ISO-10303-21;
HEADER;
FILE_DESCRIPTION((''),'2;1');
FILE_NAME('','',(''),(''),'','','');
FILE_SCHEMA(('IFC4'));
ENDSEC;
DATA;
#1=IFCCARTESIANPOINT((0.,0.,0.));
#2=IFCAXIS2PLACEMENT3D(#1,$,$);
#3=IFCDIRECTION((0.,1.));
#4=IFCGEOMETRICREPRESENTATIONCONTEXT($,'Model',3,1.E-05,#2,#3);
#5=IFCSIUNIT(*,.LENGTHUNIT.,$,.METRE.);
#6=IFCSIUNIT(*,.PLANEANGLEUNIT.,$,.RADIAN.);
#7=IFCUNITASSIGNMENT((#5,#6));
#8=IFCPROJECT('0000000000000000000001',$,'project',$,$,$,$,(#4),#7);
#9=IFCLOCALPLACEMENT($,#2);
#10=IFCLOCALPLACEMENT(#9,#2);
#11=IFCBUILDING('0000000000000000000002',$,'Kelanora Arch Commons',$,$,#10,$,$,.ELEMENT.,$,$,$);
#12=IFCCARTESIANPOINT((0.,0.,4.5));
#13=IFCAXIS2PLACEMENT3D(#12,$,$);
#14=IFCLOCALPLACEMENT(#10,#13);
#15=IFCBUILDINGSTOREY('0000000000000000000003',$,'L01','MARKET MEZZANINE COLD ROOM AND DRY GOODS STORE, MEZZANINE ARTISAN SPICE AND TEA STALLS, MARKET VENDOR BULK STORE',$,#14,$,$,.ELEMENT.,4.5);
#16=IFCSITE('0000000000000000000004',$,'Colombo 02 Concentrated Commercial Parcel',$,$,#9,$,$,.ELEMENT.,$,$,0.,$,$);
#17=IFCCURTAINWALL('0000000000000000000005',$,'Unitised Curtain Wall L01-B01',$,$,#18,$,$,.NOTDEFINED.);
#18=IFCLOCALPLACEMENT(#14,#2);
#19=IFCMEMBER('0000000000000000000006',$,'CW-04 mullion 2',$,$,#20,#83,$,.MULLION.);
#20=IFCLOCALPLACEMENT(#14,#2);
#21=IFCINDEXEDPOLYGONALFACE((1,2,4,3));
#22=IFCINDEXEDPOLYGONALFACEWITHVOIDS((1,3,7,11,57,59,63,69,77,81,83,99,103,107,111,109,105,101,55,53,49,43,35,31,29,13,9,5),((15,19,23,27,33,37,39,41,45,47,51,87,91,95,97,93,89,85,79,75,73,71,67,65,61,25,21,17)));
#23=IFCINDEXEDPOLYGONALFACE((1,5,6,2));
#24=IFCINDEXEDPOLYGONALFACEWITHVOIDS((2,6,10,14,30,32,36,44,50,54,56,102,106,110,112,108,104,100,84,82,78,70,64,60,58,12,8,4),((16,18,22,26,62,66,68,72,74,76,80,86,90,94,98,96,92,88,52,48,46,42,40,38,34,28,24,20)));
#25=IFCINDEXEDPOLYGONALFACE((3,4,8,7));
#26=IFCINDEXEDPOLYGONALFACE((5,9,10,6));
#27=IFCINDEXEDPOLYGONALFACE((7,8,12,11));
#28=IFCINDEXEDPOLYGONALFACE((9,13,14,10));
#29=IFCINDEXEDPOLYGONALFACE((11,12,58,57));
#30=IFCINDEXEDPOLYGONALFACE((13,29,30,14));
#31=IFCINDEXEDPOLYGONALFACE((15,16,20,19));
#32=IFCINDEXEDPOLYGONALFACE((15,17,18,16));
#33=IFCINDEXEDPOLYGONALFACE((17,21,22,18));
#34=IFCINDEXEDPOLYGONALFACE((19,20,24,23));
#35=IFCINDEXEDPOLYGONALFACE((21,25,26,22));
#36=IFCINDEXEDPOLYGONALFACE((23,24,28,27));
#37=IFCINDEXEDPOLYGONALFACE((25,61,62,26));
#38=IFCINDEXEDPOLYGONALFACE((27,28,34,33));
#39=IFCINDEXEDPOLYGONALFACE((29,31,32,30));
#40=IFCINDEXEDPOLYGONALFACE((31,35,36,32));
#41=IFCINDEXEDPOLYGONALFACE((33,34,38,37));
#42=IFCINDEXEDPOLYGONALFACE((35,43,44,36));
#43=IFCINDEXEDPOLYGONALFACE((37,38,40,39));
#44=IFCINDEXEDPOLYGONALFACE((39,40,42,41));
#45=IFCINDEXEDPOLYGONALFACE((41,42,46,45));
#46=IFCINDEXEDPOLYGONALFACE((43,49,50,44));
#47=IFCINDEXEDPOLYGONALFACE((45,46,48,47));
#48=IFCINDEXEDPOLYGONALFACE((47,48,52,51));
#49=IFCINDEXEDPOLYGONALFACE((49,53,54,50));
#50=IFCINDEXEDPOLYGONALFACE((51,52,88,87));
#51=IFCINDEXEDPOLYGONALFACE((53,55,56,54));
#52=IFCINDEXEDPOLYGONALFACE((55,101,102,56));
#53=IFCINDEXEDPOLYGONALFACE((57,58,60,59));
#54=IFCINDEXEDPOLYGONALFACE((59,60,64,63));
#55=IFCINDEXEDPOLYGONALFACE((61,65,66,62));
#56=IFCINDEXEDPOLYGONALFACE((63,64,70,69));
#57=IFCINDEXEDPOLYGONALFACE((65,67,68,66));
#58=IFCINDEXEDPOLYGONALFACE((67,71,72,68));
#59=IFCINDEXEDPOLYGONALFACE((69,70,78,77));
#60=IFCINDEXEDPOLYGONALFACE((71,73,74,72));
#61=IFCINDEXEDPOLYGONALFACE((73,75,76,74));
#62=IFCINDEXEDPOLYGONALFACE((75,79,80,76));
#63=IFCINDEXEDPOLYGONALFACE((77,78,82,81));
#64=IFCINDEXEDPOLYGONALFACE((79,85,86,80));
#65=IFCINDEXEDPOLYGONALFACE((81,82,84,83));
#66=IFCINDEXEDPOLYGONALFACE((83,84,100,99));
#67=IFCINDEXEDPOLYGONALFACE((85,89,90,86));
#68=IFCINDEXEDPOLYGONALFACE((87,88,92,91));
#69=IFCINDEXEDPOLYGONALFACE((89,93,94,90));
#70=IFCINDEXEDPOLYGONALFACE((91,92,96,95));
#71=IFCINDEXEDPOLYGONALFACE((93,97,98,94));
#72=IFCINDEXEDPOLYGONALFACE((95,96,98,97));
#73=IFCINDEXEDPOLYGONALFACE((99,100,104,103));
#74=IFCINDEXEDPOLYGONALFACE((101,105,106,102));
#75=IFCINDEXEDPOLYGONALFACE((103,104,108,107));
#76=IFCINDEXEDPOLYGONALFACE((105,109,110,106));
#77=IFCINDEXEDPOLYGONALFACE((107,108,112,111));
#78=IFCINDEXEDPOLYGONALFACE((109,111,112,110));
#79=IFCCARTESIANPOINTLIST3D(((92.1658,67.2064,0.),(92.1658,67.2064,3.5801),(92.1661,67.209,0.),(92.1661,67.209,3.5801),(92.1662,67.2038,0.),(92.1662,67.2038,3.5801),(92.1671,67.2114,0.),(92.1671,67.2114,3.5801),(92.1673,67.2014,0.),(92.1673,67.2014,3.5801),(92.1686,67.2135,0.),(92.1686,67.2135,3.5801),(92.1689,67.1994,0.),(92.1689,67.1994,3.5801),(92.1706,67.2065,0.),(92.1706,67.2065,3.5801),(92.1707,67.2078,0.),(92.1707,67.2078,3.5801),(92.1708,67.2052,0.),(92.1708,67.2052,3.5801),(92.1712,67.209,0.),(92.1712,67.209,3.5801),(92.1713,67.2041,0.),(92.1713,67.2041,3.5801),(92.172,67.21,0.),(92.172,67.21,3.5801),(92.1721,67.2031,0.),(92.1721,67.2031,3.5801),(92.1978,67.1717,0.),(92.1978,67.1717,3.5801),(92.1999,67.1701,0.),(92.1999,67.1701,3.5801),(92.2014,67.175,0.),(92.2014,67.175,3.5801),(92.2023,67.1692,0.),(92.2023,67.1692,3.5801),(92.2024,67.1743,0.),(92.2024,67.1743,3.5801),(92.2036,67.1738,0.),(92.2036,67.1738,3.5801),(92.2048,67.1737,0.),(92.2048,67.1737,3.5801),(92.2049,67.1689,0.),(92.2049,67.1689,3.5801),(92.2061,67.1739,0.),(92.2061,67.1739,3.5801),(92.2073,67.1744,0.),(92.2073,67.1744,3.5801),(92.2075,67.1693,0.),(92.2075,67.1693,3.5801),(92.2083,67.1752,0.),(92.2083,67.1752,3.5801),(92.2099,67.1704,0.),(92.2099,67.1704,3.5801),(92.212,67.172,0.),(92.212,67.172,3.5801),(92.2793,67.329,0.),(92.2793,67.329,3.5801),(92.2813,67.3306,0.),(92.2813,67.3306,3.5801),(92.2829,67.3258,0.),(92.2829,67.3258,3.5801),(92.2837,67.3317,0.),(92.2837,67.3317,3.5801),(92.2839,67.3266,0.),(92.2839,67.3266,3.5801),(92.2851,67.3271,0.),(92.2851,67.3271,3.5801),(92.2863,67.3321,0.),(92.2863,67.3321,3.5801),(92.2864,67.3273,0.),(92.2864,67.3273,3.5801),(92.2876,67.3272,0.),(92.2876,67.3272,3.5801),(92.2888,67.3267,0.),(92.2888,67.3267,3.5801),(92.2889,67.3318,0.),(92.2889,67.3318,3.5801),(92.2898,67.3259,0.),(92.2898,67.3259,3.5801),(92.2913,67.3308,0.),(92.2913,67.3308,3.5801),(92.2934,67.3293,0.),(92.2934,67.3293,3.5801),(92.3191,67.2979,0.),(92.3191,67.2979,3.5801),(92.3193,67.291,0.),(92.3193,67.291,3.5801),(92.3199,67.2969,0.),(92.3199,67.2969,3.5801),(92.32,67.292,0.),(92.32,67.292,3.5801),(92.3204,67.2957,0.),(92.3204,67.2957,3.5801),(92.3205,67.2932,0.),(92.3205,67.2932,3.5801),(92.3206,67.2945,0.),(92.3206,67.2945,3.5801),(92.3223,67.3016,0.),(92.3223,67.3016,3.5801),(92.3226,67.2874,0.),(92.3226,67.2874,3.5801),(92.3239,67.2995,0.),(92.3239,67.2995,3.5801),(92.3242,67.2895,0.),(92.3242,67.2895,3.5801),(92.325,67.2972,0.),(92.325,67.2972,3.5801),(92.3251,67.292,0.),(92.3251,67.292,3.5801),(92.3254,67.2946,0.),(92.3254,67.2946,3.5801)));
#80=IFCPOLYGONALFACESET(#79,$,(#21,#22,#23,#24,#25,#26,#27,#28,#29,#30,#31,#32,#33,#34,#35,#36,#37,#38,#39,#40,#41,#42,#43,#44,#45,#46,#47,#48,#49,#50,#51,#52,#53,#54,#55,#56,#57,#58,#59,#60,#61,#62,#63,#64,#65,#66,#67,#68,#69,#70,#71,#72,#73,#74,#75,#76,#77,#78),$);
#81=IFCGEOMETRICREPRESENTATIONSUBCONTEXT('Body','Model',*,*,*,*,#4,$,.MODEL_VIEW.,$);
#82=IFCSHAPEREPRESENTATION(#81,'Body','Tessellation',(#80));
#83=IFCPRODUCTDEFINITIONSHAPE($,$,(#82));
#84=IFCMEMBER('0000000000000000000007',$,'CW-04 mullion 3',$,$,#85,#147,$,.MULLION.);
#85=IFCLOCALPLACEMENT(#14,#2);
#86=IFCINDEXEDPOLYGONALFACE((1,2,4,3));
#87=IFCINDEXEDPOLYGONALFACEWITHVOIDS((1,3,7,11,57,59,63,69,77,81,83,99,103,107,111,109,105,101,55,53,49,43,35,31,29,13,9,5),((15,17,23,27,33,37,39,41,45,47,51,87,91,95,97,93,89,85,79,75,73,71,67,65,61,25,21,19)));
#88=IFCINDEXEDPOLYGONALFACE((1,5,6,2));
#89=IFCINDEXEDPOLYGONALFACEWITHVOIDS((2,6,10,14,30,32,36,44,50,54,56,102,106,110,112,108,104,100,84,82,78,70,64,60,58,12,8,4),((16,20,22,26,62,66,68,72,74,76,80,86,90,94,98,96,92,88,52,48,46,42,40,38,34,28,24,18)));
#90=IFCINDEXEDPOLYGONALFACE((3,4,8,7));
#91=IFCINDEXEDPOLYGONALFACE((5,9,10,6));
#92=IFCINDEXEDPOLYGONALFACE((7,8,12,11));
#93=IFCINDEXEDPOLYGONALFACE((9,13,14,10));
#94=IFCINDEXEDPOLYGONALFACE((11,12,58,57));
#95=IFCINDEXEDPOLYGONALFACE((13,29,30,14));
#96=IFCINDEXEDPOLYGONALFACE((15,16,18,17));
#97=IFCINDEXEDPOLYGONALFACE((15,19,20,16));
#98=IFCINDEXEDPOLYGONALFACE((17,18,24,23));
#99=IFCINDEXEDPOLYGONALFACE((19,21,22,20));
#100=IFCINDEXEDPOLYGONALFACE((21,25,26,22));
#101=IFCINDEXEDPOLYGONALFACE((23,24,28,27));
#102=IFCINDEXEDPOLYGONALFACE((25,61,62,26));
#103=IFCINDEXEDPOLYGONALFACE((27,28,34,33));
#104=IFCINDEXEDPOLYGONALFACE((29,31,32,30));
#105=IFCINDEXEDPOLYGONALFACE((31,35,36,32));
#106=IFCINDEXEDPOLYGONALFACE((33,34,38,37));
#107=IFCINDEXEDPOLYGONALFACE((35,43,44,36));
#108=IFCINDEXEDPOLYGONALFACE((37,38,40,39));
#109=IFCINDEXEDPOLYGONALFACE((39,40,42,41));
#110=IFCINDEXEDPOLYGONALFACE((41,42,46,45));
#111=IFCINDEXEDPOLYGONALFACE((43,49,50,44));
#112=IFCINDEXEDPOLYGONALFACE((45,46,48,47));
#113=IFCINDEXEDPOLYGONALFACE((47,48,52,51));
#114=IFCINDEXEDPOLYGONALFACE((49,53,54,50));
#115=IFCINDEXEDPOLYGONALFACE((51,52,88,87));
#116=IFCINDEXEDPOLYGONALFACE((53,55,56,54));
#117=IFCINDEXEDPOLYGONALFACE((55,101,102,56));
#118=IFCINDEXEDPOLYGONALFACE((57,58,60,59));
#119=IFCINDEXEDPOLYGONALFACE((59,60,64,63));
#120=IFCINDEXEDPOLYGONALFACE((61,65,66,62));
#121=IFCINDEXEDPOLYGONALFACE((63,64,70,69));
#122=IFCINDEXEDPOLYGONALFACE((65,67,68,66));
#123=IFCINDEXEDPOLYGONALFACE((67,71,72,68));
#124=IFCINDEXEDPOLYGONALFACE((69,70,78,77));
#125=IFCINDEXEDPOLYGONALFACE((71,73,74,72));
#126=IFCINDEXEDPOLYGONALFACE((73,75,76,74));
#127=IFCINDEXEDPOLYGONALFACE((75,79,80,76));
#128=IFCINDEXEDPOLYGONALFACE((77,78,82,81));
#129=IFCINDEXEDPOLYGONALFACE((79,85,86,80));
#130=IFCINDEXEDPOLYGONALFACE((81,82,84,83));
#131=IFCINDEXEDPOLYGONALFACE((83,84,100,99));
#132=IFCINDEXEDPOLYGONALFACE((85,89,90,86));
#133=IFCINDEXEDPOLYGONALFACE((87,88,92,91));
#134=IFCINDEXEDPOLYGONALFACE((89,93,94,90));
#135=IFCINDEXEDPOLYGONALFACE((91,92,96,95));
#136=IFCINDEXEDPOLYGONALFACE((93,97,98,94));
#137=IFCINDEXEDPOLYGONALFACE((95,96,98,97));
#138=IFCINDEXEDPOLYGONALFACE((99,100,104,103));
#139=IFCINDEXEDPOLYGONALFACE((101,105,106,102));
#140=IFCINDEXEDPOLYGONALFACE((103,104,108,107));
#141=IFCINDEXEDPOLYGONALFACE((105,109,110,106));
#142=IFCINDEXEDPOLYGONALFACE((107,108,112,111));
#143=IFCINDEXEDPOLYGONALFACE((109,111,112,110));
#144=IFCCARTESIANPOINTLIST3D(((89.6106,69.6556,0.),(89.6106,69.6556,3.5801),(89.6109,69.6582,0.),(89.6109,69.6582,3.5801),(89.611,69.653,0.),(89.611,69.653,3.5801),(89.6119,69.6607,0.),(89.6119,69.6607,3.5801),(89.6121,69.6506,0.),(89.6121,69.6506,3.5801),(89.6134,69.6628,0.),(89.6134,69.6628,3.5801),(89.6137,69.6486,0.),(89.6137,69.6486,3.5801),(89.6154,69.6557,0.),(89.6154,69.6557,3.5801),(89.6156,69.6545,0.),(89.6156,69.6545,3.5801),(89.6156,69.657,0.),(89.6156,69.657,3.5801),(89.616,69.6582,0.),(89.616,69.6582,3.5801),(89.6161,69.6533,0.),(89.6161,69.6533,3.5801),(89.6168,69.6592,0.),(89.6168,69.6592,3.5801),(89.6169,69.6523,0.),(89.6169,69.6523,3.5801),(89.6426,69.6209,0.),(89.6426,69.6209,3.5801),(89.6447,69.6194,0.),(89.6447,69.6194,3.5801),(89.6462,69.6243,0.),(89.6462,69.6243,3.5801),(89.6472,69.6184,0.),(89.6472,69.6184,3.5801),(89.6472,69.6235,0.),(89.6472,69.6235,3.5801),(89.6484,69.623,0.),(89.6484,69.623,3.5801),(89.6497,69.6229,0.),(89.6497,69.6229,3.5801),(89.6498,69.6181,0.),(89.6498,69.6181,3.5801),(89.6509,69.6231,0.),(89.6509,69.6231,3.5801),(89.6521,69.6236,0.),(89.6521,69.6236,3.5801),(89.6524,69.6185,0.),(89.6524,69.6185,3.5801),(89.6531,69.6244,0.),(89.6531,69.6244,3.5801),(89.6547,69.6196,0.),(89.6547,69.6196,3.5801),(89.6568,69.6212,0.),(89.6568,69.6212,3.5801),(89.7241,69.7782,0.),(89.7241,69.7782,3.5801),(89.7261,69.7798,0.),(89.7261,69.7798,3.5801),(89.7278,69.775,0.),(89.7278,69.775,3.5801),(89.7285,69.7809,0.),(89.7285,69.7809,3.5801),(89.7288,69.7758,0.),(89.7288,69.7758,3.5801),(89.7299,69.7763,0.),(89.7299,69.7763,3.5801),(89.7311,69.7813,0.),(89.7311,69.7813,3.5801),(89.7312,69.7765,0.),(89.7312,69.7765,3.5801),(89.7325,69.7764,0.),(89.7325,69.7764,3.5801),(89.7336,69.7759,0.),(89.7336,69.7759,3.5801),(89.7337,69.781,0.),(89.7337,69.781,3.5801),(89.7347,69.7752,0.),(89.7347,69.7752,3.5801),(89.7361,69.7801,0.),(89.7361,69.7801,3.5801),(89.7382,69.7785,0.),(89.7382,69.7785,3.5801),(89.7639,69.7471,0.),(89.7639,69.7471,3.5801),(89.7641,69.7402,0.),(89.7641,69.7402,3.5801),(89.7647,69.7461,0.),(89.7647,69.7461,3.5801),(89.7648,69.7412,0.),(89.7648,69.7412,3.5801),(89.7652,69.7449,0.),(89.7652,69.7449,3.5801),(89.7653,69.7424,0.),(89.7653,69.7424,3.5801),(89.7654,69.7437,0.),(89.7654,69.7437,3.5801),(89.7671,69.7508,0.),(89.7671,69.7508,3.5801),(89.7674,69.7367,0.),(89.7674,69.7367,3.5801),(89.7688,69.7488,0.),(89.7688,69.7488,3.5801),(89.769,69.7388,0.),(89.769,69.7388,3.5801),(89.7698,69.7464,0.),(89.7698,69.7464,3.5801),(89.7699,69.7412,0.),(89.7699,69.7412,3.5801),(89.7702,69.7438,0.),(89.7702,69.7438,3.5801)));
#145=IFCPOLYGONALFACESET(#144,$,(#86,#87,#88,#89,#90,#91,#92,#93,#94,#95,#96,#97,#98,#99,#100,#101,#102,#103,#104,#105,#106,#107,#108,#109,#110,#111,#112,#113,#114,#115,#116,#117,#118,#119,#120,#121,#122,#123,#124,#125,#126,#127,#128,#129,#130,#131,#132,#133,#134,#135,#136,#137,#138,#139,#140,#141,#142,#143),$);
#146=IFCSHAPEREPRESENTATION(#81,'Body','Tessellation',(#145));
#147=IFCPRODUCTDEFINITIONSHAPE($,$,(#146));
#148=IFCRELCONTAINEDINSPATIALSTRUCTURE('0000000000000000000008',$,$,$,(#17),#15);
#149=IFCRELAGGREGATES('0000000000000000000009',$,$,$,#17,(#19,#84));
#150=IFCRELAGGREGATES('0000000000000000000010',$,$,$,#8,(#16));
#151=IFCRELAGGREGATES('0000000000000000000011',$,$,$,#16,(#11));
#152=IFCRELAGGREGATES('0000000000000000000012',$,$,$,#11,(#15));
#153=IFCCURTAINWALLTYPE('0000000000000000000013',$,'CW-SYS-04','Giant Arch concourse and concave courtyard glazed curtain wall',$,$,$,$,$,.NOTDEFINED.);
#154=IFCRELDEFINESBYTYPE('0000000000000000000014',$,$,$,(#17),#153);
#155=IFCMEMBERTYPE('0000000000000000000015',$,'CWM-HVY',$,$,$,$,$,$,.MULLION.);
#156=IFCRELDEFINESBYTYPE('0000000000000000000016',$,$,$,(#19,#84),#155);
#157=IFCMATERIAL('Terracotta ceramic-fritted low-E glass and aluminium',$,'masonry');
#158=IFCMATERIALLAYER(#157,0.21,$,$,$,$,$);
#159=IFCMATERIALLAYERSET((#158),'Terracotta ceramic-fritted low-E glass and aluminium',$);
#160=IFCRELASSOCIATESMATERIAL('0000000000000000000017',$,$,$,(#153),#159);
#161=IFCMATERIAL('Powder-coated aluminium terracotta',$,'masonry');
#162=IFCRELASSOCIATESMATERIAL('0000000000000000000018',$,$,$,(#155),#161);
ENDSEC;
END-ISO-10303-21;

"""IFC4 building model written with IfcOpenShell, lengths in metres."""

from ifc_helpers import new_model, si_unit, direction, frame, origin, origin_2d, place, context, subcontext, project, spatial, hollow_rectangle, extrude, material, layer, layer_set, material_profile, profile_set, type_object, element, aggregate, save


model = new_model("IFC4")

# Units and contexts
model_context = context("Model", 3, precision=1e-05, world=origin(), true_north=direction((0.0, 1.0)))
body_context = subcontext(model_context, "Body", "Model", "MODEL_VIEW")
ifc_project = project(units=[si_unit("LENGTHUNIT", "METRE"), si_unit("PLANEANGLEUNIT", "RADIAN")], contexts=[model_context])

# Site, building, storey
site_placement = place(None, origin())
site = spatial("IfcSite", under=ifc_project, at=site_placement, Name="Colombo 02 Concentrated Commercial Parcel", CompositionType="ELEMENT", RefElevation=0.0)
building_placement = place(site_placement, origin())
building = spatial("IfcBuilding", under=site, at=building_placement, Name="Kelanora Arch Commons", CompositionType="ELEMENT")
storey_placement = place(building_placement, frame((0.0, 0.0, 4.5)))
storey = spatial("IfcBuildingStorey", under=building, at=storey_placement, Name="L01", Description="MARKET MEZZANINE COLD ROOM AND DRY GOODS STORE, MEZZANINE ARTISAN SPICE AND TEA STALLS, MARKET VENDOR BULK STORE", CompositionType="ELEMENT", Elevation=4.5)

# Curtain wall, members
ifc_material_1 = material(Name="Terracotta ceramic-fritted low-E glass and aluminium", Category="masonry")
ifc_layer_1 = layer(ifc_material_1, 0.21)
ifc_layer_set_1 = layer_set([ifc_layer_1], Name="Terracotta ceramic-fritted low-E glass and aluminium")
curtain_wall_type = type_object("IfcCurtainWallType", Name="CW-SYS-04", Description="Giant Arch concourse and concave courtyard glazed curtain wall", PredefinedType="NOTDEFINED", material=ifc_layer_set_1)
curtain_wall_1_placement = place(storey_placement, origin())
curtain_wall_1 = element("IfcCurtainWall", 1, at=curtain_wall_1_placement, inside=storey, type_object=curtain_wall_type, Name="Unitised Curtain Wall L01-B01", PredefinedType="NOTDEFINED")
ifc_material_2 = material(Name="Powder-coated aluminium terracotta", Category="masonry")
ifc_material_profile_1 = material_profile(ifc_material_2, hollow_rectangle(XDim=0.1799, YDim=0.0601, WallThickness=0.0049, InnerFilletRadius=0.0049, OuterFilletRadius=0.01, at=origin_2d()), Name="CWM180x60")
ifc_profile_set_1 = profile_set([ifc_material_profile_1], Name="Powder-coated aluminium terracotta")
member_type_1 = type_object("IfcMemberType", Name="CWM-HVY", PredefinedType="MULLION", material=ifc_profile_set_1)
member_1_placement = place(storey_placement, frame((92.2456, 67.2505, 0.0), z_axis=(0.0, 0.0, 1.0), x_axis=(-0.691953, -0.721943, 0.0)))
member_1 = element("IfcMember", 2, at=member_1_placement, type_object=member_type_1, Name="CW-04 mullion 2", PredefinedType="MULLION", context=body_context, shape_type="SweptSolid", body=[
    extrude(hollow_rectangle(XDim=0.1799, YDim=0.0601, WallThickness=0.0049, InnerFilletRadius=0.0049, OuterFilletRadius=0.01, at=origin_2d()), origin(), (0.0, 0.0, 1.0), 3.5801),
])
member_2_placement = place(storey_placement, frame((89.6904, 69.6997, 0.0), z_axis=(0.0, 0.0, 1.0), x_axis=(-0.691953, -0.721943, 0.0)))
member_2 = element("IfcMember", 3, at=member_2_placement, type_object=member_type_1, Name="CW-04 mullion 3", PredefinedType="MULLION", context=body_context, shape_type="SweptSolid", body=[
    extrude(hollow_rectangle(XDim=0.1799, YDim=0.0601, WallThickness=0.0049, InnerFilletRadius=0.0049, OuterFilletRadius=0.01, at=origin_2d()), origin(), (0.0, 0.0, 1.0), 3.5801),
])

aggregate(curtain_wall_1, [member_1, member_2])

save(model, "model.ifc")
